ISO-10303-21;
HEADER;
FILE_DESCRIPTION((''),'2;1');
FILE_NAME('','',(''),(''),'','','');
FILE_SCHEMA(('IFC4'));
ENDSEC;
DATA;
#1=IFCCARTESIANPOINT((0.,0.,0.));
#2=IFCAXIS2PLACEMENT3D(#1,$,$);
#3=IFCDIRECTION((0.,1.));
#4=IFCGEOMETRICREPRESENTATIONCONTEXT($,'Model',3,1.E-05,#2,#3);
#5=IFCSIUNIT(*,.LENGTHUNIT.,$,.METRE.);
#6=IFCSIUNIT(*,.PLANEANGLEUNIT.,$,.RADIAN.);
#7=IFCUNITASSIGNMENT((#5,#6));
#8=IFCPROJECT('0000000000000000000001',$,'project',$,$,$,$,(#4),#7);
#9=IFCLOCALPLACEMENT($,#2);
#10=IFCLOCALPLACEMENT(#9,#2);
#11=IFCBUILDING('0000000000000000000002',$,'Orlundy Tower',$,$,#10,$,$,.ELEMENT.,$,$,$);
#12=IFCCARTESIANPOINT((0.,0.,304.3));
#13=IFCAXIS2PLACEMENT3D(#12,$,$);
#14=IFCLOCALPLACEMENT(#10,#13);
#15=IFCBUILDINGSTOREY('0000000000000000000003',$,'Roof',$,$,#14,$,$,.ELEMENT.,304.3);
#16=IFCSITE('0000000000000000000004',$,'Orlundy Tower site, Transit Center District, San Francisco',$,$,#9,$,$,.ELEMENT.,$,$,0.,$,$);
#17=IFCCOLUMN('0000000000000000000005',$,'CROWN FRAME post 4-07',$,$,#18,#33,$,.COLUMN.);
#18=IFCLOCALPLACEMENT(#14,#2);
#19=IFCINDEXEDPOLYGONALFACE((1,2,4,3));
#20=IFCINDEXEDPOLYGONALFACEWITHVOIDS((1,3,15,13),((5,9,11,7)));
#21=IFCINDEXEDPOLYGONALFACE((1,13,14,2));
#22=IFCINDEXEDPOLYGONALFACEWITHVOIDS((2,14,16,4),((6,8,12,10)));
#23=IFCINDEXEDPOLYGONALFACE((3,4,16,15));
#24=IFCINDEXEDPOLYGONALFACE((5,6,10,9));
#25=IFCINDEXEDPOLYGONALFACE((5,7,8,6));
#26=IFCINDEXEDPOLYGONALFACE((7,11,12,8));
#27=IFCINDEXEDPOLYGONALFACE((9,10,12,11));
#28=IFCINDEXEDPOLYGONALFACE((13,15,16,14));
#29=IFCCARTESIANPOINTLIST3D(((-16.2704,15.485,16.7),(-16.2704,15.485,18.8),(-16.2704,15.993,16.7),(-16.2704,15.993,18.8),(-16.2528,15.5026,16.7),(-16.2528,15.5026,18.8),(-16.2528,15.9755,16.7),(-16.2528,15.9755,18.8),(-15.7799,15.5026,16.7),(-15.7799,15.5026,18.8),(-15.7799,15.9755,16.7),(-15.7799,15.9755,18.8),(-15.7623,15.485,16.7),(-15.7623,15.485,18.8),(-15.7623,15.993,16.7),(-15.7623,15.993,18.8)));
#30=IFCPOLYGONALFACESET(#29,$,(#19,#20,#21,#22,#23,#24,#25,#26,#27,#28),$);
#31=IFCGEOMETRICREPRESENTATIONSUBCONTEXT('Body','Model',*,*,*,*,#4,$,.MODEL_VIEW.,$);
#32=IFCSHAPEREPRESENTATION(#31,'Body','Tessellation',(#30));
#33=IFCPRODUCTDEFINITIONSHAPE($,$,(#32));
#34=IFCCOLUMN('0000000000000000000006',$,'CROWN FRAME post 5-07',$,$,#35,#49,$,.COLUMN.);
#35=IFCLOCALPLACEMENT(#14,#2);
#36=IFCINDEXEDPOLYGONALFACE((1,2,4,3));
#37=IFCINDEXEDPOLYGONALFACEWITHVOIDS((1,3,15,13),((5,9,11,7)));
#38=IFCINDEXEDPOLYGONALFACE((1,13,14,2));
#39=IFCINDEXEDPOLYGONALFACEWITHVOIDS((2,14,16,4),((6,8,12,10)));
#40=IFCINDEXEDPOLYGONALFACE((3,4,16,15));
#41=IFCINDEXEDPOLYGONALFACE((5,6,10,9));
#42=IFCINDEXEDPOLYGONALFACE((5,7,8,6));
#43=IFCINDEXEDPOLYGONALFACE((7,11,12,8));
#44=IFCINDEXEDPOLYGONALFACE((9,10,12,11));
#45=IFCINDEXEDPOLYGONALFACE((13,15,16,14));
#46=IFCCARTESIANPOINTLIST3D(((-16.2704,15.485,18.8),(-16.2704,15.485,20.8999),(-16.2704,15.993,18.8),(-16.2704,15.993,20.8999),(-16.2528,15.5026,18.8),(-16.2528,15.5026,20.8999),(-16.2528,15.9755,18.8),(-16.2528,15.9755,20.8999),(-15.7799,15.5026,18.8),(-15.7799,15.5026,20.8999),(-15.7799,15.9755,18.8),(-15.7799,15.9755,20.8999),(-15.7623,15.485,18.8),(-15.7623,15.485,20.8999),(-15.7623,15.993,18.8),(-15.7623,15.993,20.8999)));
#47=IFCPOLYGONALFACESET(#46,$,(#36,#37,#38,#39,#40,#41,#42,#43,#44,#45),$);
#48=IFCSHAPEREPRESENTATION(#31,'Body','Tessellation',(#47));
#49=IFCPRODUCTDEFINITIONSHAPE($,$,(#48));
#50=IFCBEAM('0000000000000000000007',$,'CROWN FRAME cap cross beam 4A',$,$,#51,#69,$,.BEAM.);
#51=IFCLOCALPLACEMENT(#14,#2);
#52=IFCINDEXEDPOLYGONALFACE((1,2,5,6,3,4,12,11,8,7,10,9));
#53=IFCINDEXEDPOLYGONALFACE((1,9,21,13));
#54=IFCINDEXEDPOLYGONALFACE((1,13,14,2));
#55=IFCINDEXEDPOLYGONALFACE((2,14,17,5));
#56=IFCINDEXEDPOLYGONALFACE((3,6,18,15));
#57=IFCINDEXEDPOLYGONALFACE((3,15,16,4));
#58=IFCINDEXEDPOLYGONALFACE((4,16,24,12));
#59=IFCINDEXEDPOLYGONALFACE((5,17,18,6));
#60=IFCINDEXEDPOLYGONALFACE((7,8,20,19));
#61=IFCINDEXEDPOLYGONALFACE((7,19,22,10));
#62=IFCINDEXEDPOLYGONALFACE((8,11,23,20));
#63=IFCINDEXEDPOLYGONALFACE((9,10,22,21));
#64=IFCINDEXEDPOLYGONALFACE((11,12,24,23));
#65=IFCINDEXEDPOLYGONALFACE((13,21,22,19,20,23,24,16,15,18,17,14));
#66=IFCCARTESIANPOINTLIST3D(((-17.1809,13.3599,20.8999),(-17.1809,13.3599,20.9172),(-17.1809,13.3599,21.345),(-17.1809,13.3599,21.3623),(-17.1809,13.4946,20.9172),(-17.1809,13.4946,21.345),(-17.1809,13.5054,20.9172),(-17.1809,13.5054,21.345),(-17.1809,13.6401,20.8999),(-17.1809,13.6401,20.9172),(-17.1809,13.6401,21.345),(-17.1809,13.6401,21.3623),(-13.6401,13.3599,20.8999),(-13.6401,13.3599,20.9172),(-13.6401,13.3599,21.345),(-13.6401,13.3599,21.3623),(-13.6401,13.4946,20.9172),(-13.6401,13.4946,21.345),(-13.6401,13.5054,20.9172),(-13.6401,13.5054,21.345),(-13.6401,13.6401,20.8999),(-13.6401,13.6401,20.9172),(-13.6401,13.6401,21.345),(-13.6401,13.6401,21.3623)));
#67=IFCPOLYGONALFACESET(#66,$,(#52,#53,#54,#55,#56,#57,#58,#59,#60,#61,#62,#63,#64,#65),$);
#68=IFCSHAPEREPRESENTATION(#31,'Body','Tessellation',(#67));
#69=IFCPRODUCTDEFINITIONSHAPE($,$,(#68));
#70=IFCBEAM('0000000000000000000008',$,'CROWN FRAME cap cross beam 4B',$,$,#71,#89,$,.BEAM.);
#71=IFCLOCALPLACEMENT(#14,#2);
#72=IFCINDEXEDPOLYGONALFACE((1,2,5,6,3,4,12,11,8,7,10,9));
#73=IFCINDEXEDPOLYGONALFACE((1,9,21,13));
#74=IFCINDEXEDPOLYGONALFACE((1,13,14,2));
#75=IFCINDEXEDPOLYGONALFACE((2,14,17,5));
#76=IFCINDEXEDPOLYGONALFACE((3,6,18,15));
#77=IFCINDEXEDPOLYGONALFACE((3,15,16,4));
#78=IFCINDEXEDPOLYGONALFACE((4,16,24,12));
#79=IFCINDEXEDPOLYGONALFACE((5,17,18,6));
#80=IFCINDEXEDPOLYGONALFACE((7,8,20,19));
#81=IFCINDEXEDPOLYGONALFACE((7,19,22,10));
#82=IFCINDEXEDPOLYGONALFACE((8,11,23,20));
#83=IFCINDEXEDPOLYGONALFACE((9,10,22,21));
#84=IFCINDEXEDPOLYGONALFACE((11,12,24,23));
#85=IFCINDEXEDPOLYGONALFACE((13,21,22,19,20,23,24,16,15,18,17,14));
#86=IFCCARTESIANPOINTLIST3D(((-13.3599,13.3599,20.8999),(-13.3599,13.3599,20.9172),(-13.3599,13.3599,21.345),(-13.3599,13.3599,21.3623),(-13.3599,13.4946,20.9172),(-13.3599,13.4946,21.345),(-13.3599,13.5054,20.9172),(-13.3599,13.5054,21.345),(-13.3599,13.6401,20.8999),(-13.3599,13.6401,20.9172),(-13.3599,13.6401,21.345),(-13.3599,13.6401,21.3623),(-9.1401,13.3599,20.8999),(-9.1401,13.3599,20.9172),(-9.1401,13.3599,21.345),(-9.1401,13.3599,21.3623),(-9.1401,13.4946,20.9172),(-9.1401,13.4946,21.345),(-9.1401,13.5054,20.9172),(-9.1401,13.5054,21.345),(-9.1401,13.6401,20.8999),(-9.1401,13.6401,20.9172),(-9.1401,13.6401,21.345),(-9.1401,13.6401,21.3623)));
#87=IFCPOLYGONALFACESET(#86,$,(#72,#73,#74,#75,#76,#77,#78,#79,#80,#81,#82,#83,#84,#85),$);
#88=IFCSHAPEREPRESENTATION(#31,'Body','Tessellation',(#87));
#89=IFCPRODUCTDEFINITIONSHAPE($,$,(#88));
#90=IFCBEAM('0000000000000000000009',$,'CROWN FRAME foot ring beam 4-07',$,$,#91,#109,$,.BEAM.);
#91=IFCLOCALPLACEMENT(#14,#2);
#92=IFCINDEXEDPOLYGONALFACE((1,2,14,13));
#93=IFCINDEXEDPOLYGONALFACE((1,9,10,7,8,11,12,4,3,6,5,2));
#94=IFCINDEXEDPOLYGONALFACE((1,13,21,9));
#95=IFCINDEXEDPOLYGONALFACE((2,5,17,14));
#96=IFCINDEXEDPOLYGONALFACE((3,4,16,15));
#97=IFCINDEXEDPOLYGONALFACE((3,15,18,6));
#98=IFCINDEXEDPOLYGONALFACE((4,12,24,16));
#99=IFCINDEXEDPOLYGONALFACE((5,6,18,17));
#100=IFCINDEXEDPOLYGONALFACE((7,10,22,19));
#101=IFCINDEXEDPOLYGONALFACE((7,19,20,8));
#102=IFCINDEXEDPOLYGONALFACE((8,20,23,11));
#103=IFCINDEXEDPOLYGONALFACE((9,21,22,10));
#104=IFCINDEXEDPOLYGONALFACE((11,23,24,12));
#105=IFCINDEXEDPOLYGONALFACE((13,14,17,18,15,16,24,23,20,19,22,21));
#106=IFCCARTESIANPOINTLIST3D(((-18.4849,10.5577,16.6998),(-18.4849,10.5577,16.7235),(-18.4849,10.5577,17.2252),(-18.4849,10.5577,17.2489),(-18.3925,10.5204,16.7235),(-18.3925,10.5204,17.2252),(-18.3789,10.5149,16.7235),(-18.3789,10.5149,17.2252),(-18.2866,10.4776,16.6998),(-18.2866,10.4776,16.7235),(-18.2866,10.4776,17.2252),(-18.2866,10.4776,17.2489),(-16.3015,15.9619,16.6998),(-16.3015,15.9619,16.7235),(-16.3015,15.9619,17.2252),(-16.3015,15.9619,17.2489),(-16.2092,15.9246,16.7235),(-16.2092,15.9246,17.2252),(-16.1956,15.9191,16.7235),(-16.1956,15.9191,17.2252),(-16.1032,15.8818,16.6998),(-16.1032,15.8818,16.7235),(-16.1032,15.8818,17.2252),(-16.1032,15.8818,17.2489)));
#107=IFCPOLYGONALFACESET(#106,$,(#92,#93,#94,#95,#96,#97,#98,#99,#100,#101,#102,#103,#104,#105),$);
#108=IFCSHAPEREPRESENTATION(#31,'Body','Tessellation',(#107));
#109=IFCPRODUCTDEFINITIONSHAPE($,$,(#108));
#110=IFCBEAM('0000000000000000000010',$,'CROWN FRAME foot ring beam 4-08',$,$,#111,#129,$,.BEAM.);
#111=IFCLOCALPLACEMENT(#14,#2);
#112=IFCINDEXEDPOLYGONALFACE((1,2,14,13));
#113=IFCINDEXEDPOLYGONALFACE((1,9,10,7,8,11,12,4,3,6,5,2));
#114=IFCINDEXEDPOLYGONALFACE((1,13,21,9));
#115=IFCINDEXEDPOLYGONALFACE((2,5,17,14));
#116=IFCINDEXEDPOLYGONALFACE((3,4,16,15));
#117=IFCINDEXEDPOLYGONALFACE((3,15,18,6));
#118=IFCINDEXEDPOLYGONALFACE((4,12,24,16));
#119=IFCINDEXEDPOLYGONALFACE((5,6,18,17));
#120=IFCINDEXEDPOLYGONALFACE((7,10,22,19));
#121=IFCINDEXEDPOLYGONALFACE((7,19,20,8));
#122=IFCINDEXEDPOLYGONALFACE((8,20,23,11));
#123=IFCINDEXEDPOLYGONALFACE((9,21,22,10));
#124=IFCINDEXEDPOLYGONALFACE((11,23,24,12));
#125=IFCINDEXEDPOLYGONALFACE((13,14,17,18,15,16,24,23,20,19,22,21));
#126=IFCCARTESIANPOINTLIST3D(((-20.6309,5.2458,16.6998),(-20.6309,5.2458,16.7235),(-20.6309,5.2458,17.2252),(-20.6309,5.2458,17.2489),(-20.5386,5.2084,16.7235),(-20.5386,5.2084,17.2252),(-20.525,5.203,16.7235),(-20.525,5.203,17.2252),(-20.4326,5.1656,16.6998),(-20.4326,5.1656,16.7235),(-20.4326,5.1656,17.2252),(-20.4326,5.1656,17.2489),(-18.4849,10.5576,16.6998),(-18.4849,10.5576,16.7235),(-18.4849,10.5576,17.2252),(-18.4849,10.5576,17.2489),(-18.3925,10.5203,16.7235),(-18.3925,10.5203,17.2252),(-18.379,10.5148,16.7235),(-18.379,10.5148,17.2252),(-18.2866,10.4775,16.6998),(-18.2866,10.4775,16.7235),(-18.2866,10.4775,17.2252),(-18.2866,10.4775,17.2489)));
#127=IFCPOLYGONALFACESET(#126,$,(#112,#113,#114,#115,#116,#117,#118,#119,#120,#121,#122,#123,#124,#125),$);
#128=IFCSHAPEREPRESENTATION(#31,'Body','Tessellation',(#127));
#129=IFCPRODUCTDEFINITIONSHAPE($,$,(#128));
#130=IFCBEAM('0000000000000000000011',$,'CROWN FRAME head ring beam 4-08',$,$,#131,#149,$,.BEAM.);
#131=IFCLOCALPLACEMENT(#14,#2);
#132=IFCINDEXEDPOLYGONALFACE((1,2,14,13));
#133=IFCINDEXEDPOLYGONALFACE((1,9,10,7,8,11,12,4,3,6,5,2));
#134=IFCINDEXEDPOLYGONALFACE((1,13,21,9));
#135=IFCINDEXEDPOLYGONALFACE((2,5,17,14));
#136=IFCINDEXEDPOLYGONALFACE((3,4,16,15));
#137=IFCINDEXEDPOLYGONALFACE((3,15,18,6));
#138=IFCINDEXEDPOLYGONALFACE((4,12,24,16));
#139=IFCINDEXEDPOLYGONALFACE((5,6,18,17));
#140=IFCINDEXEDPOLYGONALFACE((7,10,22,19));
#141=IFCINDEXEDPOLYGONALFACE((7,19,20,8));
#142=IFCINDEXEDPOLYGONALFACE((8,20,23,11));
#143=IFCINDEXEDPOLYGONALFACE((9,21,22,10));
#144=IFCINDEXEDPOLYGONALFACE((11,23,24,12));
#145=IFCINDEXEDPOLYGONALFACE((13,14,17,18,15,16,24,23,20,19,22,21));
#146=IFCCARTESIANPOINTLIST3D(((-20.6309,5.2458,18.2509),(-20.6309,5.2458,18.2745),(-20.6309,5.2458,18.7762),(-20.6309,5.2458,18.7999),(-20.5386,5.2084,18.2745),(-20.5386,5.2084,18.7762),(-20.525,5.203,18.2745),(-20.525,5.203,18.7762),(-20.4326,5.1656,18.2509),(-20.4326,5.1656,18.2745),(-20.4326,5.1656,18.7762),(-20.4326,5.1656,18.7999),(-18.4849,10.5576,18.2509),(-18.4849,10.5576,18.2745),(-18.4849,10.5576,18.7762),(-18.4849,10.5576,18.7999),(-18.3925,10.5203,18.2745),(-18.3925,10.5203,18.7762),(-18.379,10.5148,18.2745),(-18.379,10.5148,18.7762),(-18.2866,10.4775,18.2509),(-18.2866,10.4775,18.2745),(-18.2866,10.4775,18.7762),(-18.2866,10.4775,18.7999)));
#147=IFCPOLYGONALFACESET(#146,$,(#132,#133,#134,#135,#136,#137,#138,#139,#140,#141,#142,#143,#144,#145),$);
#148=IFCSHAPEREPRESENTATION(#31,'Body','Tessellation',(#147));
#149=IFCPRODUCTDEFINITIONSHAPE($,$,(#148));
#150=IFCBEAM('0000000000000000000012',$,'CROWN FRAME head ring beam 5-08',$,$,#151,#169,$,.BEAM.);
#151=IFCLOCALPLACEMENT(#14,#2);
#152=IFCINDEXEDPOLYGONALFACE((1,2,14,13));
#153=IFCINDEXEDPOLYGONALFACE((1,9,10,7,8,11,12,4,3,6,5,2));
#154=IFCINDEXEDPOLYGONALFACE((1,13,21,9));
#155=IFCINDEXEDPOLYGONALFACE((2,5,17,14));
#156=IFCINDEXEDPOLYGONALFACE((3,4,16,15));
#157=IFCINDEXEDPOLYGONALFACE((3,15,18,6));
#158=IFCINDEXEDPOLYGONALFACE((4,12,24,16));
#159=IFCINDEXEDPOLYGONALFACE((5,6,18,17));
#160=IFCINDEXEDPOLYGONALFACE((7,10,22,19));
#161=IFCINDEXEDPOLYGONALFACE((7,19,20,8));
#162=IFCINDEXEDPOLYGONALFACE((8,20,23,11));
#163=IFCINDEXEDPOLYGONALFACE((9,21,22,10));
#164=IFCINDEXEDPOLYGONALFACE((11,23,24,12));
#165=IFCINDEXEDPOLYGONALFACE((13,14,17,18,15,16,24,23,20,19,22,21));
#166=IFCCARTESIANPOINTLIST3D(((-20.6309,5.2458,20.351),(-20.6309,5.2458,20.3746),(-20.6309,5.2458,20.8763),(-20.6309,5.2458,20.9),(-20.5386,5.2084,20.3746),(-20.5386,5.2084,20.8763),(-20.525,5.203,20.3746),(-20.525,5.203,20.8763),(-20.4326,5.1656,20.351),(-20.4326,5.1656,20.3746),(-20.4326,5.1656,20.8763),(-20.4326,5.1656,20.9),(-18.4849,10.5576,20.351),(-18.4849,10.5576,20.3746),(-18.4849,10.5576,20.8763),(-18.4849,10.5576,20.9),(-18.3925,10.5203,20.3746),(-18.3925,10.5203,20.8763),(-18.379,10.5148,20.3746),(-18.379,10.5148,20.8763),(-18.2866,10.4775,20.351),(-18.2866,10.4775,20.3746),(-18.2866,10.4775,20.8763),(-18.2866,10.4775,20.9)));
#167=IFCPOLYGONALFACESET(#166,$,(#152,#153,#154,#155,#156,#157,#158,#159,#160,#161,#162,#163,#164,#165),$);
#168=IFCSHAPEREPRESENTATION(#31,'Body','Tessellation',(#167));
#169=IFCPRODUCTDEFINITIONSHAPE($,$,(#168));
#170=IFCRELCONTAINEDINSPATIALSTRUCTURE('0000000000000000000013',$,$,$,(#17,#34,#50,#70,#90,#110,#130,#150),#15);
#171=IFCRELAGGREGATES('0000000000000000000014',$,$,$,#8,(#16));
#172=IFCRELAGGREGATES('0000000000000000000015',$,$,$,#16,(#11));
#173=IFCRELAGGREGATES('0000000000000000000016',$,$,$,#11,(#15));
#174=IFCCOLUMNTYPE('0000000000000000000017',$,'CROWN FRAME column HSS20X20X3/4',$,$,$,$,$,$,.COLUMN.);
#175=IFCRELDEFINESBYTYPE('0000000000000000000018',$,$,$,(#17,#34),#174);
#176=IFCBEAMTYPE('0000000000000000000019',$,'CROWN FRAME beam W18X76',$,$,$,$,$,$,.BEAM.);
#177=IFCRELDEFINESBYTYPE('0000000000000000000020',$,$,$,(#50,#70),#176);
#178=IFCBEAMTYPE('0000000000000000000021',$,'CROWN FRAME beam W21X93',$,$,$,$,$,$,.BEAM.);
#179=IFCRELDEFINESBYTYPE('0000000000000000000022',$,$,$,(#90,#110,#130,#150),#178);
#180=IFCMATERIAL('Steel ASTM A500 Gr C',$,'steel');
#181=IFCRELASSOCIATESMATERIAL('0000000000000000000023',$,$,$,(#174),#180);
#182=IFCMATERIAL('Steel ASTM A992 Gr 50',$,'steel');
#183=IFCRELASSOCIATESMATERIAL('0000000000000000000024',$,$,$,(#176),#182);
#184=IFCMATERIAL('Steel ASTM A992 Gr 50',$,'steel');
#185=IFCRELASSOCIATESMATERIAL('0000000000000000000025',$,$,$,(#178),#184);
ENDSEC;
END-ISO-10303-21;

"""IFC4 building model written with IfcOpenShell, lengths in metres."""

from ifc_helpers import new_model, si_unit, direction, frame, origin, origin_2d, place, context, subcontext, project, spatial, hollow_rectangle, i_section, extrude, material, material_profile, profile_set, type_object, element, save


model = new_model("IFC4")

# Units and contexts
model_context = context("Model", 3, precision=1e-05, world=origin(), true_north=direction((0.0, 1.0)))
body_context = subcontext(model_context, "Body", "Model", "MODEL_VIEW")
ifc_project = project(units=[si_unit("LENGTHUNIT", "METRE"), si_unit("PLANEANGLEUNIT", "RADIAN")], contexts=[model_context])

# Site, building, storey
site_placement = place(None, origin())
site = spatial("IfcSite", under=ifc_project, at=site_placement, Name="Orlundy Tower site, Transit Center District, San Francisco", CompositionType="ELEMENT", RefElevation=0.0)
building_placement = place(site_placement, origin())
building = spatial("IfcBuilding", under=site, at=building_placement, Name="Orlundy Tower", CompositionType="ELEMENT")
storey_placement = place(building_placement, frame((0.0, 0.0, 304.3)))
storey = spatial("IfcBuildingStorey", under=building, at=storey_placement, Name="Roof", CompositionType="ELEMENT", Elevation=304.3)

# Columns
ifc_material_1 = material(Name="Steel ASTM A500 Gr C", Category="steel")
ifc_material_profile_1 = material_profile(ifc_material_1, hollow_rectangle(XDim=0.5081, YDim=0.5081, WallThickness=0.0176, at=origin_2d()), Name="HSS20X20X3/4")
ifc_profile_set_1 = profile_set([ifc_material_profile_1], Name="Steel ASTM A500 Gr C")
column_type = type_object("IfcColumnType", Name="CROWN FRAME column HSS20X20X3/4", PredefinedType="COLUMN", material=ifc_profile_set_1)
column_1_placement = place(storey_placement, frame((-16.0164, 15.739, 16.7), z_axis=(0.0, 0.0, 1.0), x_axis=(1.0, 0.0, 0.0)))
element("IfcColumn", 1, at=column_1_placement, inside=storey, type_object=column_type, Name="CROWN FRAME post 4-07", PredefinedType="COLUMN", context=body_context, shape_type="SweptSolid", body=[
    extrude(hollow_rectangle(XDim=0.5081, YDim=0.5081, WallThickness=0.0176, at=origin_2d()), origin(), (0.0, 0.0, 1.0), 2.1001),
])
column_2_placement = place(storey_placement, frame((-16.0164, 15.739, 18.8), z_axis=(0.0, 0.0, 1.0), x_axis=(1.0, 0.0, 0.0)))
element("IfcColumn", 2, at=column_2_placement, inside=storey, type_object=column_type, Name="CROWN FRAME post 5-07", PredefinedType="COLUMN", context=body_context, shape_type="SweptSolid", body=[
    extrude(hollow_rectangle(XDim=0.5081, YDim=0.5081, WallThickness=0.0176, at=origin_2d()), origin(), (0.0, 0.0, 1.0), 2.0999),
])

# Beams
ifc_material_2 = material(Name="Steel ASTM A992 Gr 50", Category="steel")
ifc_material_profile_2 = material_profile(ifc_material_2, i_section(OverallWidth=0.2803, OverallDepth=0.4624, WebThickness=0.0107, FlangeThickness=0.0173, at=origin_2d()), Name="W18X76")
ifc_profile_set_2 = profile_set([ifc_material_profile_2], Name="Steel ASTM A992 Gr 50")
beam_type_1 = type_object("IfcBeamType", Name="CROWN FRAME beam W18X76", PredefinedType="BEAM", material=ifc_profile_set_2)
beam_1_placement = place(storey_placement, frame((-17.1809, 13.5, 21.1311), z_axis=(1.0, 0.0, 0.0), x_axis=(0.0, 1.0, 0.0)))
element("IfcBeam", 3, at=beam_1_placement, inside=storey, type_object=beam_type_1, Name="CROWN FRAME cap cross beam 4A", PredefinedType="BEAM", context=body_context, shape_type="SweptSolid", body=[
    extrude(i_section(OverallWidth=0.2803, OverallDepth=0.4624, WebThickness=0.0107, FlangeThickness=0.0173, at=origin_2d()), origin(), (0.0, 0.0, 1.0), 3.5408),
])
beam_2_placement = place(storey_placement, frame((-13.3599, 13.5, 21.1311), z_axis=(1.0, 0.0, 0.0), x_axis=(0.0, 1.0, 0.0)))
element("IfcBeam", 4, at=beam_2_placement, inside=storey, type_object=beam_type_1, Name="CROWN FRAME cap cross beam 4B", PredefinedType="BEAM", context=body_context, shape_type="SweptSolid", body=[
    extrude(i_section(OverallWidth=0.2803, OverallDepth=0.4624, WebThickness=0.0107, FlangeThickness=0.0173, at=origin_2d()), origin(), (0.0, 0.0, 1.0), 4.2197),
])
ifc_material_3 = material(Name="Steel ASTM A992 Gr 50", Category="steel")
ifc_material_profile_3 = material_profile(ifc_material_3, i_section(OverallWidth=0.2139, OverallDepth=0.5491, WebThickness=0.0146, FlangeThickness=0.0237, at=origin_2d()), Name="W21X93")
ifc_profile_set_3 = profile_set([ifc_material_profile_3], Name="Steel ASTM A992 Gr 50")
beam_type_2 = type_object("IfcBeamType", Name="CROWN FRAME beam W21X93", PredefinedType="BEAM", material=ifc_profile_set_3)
beam_3_placement = place(storey_placement, frame((-16.2024, 15.9219, 16.9744), z_axis=(-0.374588, -0.927191, 0.0), x_axis=(0.927191, -0.374588, 0.0)))
element("IfcBeam", 5, at=beam_3_placement, inside=storey, type_object=beam_type_2, Name="CROWN FRAME foot ring beam 4-07", PredefinedType="BEAM", context=body_context, shape_type="SweptSolid", body=[
    extrude(i_section(OverallWidth=0.2139, OverallDepth=0.5491, WebThickness=0.0146, FlangeThickness=0.0237, at=origin_2d()), origin(), (0.0, 0.0, 1.0), 5.8286),
])
for number, where, z_axis, x_axis, name in (
    (6, (-18.3857, 10.5176, 16.9744), (-0.374592, -0.92719, 0.0), (0.92719, -0.374592, 0.0), "CROWN FRAME foot ring beam 4-08"),
    (7, (-18.3857, 10.5176, 18.5254), (-0.374592, -0.92719, 0.0), (0.92719, -0.374592, 0.0), "CROWN FRAME head ring beam 4-08"),
    (8, (-18.3857, 10.5176, 20.6255), (-0.374592, -0.92719, 0.0), (0.92719, -0.374592, 0.0), "CROWN FRAME head ring beam 5-08"),
):
    element("IfcBeam", number, at=place(storey_placement, frame(where, z_axis=z_axis, x_axis=x_axis)), inside=storey, type_object=beam_type_2, Name=name, PredefinedType="BEAM", context=body_context, shape_type="SweptSolid", body=[
        extrude(i_section(OverallWidth=0.2139, OverallDepth=0.5491, WebThickness=0.0146, FlangeThickness=0.0237, at=origin_2d()), origin(), (0.0, 0.0, 1.0), 5.729),
    ])

save(model, "model.ifc")
